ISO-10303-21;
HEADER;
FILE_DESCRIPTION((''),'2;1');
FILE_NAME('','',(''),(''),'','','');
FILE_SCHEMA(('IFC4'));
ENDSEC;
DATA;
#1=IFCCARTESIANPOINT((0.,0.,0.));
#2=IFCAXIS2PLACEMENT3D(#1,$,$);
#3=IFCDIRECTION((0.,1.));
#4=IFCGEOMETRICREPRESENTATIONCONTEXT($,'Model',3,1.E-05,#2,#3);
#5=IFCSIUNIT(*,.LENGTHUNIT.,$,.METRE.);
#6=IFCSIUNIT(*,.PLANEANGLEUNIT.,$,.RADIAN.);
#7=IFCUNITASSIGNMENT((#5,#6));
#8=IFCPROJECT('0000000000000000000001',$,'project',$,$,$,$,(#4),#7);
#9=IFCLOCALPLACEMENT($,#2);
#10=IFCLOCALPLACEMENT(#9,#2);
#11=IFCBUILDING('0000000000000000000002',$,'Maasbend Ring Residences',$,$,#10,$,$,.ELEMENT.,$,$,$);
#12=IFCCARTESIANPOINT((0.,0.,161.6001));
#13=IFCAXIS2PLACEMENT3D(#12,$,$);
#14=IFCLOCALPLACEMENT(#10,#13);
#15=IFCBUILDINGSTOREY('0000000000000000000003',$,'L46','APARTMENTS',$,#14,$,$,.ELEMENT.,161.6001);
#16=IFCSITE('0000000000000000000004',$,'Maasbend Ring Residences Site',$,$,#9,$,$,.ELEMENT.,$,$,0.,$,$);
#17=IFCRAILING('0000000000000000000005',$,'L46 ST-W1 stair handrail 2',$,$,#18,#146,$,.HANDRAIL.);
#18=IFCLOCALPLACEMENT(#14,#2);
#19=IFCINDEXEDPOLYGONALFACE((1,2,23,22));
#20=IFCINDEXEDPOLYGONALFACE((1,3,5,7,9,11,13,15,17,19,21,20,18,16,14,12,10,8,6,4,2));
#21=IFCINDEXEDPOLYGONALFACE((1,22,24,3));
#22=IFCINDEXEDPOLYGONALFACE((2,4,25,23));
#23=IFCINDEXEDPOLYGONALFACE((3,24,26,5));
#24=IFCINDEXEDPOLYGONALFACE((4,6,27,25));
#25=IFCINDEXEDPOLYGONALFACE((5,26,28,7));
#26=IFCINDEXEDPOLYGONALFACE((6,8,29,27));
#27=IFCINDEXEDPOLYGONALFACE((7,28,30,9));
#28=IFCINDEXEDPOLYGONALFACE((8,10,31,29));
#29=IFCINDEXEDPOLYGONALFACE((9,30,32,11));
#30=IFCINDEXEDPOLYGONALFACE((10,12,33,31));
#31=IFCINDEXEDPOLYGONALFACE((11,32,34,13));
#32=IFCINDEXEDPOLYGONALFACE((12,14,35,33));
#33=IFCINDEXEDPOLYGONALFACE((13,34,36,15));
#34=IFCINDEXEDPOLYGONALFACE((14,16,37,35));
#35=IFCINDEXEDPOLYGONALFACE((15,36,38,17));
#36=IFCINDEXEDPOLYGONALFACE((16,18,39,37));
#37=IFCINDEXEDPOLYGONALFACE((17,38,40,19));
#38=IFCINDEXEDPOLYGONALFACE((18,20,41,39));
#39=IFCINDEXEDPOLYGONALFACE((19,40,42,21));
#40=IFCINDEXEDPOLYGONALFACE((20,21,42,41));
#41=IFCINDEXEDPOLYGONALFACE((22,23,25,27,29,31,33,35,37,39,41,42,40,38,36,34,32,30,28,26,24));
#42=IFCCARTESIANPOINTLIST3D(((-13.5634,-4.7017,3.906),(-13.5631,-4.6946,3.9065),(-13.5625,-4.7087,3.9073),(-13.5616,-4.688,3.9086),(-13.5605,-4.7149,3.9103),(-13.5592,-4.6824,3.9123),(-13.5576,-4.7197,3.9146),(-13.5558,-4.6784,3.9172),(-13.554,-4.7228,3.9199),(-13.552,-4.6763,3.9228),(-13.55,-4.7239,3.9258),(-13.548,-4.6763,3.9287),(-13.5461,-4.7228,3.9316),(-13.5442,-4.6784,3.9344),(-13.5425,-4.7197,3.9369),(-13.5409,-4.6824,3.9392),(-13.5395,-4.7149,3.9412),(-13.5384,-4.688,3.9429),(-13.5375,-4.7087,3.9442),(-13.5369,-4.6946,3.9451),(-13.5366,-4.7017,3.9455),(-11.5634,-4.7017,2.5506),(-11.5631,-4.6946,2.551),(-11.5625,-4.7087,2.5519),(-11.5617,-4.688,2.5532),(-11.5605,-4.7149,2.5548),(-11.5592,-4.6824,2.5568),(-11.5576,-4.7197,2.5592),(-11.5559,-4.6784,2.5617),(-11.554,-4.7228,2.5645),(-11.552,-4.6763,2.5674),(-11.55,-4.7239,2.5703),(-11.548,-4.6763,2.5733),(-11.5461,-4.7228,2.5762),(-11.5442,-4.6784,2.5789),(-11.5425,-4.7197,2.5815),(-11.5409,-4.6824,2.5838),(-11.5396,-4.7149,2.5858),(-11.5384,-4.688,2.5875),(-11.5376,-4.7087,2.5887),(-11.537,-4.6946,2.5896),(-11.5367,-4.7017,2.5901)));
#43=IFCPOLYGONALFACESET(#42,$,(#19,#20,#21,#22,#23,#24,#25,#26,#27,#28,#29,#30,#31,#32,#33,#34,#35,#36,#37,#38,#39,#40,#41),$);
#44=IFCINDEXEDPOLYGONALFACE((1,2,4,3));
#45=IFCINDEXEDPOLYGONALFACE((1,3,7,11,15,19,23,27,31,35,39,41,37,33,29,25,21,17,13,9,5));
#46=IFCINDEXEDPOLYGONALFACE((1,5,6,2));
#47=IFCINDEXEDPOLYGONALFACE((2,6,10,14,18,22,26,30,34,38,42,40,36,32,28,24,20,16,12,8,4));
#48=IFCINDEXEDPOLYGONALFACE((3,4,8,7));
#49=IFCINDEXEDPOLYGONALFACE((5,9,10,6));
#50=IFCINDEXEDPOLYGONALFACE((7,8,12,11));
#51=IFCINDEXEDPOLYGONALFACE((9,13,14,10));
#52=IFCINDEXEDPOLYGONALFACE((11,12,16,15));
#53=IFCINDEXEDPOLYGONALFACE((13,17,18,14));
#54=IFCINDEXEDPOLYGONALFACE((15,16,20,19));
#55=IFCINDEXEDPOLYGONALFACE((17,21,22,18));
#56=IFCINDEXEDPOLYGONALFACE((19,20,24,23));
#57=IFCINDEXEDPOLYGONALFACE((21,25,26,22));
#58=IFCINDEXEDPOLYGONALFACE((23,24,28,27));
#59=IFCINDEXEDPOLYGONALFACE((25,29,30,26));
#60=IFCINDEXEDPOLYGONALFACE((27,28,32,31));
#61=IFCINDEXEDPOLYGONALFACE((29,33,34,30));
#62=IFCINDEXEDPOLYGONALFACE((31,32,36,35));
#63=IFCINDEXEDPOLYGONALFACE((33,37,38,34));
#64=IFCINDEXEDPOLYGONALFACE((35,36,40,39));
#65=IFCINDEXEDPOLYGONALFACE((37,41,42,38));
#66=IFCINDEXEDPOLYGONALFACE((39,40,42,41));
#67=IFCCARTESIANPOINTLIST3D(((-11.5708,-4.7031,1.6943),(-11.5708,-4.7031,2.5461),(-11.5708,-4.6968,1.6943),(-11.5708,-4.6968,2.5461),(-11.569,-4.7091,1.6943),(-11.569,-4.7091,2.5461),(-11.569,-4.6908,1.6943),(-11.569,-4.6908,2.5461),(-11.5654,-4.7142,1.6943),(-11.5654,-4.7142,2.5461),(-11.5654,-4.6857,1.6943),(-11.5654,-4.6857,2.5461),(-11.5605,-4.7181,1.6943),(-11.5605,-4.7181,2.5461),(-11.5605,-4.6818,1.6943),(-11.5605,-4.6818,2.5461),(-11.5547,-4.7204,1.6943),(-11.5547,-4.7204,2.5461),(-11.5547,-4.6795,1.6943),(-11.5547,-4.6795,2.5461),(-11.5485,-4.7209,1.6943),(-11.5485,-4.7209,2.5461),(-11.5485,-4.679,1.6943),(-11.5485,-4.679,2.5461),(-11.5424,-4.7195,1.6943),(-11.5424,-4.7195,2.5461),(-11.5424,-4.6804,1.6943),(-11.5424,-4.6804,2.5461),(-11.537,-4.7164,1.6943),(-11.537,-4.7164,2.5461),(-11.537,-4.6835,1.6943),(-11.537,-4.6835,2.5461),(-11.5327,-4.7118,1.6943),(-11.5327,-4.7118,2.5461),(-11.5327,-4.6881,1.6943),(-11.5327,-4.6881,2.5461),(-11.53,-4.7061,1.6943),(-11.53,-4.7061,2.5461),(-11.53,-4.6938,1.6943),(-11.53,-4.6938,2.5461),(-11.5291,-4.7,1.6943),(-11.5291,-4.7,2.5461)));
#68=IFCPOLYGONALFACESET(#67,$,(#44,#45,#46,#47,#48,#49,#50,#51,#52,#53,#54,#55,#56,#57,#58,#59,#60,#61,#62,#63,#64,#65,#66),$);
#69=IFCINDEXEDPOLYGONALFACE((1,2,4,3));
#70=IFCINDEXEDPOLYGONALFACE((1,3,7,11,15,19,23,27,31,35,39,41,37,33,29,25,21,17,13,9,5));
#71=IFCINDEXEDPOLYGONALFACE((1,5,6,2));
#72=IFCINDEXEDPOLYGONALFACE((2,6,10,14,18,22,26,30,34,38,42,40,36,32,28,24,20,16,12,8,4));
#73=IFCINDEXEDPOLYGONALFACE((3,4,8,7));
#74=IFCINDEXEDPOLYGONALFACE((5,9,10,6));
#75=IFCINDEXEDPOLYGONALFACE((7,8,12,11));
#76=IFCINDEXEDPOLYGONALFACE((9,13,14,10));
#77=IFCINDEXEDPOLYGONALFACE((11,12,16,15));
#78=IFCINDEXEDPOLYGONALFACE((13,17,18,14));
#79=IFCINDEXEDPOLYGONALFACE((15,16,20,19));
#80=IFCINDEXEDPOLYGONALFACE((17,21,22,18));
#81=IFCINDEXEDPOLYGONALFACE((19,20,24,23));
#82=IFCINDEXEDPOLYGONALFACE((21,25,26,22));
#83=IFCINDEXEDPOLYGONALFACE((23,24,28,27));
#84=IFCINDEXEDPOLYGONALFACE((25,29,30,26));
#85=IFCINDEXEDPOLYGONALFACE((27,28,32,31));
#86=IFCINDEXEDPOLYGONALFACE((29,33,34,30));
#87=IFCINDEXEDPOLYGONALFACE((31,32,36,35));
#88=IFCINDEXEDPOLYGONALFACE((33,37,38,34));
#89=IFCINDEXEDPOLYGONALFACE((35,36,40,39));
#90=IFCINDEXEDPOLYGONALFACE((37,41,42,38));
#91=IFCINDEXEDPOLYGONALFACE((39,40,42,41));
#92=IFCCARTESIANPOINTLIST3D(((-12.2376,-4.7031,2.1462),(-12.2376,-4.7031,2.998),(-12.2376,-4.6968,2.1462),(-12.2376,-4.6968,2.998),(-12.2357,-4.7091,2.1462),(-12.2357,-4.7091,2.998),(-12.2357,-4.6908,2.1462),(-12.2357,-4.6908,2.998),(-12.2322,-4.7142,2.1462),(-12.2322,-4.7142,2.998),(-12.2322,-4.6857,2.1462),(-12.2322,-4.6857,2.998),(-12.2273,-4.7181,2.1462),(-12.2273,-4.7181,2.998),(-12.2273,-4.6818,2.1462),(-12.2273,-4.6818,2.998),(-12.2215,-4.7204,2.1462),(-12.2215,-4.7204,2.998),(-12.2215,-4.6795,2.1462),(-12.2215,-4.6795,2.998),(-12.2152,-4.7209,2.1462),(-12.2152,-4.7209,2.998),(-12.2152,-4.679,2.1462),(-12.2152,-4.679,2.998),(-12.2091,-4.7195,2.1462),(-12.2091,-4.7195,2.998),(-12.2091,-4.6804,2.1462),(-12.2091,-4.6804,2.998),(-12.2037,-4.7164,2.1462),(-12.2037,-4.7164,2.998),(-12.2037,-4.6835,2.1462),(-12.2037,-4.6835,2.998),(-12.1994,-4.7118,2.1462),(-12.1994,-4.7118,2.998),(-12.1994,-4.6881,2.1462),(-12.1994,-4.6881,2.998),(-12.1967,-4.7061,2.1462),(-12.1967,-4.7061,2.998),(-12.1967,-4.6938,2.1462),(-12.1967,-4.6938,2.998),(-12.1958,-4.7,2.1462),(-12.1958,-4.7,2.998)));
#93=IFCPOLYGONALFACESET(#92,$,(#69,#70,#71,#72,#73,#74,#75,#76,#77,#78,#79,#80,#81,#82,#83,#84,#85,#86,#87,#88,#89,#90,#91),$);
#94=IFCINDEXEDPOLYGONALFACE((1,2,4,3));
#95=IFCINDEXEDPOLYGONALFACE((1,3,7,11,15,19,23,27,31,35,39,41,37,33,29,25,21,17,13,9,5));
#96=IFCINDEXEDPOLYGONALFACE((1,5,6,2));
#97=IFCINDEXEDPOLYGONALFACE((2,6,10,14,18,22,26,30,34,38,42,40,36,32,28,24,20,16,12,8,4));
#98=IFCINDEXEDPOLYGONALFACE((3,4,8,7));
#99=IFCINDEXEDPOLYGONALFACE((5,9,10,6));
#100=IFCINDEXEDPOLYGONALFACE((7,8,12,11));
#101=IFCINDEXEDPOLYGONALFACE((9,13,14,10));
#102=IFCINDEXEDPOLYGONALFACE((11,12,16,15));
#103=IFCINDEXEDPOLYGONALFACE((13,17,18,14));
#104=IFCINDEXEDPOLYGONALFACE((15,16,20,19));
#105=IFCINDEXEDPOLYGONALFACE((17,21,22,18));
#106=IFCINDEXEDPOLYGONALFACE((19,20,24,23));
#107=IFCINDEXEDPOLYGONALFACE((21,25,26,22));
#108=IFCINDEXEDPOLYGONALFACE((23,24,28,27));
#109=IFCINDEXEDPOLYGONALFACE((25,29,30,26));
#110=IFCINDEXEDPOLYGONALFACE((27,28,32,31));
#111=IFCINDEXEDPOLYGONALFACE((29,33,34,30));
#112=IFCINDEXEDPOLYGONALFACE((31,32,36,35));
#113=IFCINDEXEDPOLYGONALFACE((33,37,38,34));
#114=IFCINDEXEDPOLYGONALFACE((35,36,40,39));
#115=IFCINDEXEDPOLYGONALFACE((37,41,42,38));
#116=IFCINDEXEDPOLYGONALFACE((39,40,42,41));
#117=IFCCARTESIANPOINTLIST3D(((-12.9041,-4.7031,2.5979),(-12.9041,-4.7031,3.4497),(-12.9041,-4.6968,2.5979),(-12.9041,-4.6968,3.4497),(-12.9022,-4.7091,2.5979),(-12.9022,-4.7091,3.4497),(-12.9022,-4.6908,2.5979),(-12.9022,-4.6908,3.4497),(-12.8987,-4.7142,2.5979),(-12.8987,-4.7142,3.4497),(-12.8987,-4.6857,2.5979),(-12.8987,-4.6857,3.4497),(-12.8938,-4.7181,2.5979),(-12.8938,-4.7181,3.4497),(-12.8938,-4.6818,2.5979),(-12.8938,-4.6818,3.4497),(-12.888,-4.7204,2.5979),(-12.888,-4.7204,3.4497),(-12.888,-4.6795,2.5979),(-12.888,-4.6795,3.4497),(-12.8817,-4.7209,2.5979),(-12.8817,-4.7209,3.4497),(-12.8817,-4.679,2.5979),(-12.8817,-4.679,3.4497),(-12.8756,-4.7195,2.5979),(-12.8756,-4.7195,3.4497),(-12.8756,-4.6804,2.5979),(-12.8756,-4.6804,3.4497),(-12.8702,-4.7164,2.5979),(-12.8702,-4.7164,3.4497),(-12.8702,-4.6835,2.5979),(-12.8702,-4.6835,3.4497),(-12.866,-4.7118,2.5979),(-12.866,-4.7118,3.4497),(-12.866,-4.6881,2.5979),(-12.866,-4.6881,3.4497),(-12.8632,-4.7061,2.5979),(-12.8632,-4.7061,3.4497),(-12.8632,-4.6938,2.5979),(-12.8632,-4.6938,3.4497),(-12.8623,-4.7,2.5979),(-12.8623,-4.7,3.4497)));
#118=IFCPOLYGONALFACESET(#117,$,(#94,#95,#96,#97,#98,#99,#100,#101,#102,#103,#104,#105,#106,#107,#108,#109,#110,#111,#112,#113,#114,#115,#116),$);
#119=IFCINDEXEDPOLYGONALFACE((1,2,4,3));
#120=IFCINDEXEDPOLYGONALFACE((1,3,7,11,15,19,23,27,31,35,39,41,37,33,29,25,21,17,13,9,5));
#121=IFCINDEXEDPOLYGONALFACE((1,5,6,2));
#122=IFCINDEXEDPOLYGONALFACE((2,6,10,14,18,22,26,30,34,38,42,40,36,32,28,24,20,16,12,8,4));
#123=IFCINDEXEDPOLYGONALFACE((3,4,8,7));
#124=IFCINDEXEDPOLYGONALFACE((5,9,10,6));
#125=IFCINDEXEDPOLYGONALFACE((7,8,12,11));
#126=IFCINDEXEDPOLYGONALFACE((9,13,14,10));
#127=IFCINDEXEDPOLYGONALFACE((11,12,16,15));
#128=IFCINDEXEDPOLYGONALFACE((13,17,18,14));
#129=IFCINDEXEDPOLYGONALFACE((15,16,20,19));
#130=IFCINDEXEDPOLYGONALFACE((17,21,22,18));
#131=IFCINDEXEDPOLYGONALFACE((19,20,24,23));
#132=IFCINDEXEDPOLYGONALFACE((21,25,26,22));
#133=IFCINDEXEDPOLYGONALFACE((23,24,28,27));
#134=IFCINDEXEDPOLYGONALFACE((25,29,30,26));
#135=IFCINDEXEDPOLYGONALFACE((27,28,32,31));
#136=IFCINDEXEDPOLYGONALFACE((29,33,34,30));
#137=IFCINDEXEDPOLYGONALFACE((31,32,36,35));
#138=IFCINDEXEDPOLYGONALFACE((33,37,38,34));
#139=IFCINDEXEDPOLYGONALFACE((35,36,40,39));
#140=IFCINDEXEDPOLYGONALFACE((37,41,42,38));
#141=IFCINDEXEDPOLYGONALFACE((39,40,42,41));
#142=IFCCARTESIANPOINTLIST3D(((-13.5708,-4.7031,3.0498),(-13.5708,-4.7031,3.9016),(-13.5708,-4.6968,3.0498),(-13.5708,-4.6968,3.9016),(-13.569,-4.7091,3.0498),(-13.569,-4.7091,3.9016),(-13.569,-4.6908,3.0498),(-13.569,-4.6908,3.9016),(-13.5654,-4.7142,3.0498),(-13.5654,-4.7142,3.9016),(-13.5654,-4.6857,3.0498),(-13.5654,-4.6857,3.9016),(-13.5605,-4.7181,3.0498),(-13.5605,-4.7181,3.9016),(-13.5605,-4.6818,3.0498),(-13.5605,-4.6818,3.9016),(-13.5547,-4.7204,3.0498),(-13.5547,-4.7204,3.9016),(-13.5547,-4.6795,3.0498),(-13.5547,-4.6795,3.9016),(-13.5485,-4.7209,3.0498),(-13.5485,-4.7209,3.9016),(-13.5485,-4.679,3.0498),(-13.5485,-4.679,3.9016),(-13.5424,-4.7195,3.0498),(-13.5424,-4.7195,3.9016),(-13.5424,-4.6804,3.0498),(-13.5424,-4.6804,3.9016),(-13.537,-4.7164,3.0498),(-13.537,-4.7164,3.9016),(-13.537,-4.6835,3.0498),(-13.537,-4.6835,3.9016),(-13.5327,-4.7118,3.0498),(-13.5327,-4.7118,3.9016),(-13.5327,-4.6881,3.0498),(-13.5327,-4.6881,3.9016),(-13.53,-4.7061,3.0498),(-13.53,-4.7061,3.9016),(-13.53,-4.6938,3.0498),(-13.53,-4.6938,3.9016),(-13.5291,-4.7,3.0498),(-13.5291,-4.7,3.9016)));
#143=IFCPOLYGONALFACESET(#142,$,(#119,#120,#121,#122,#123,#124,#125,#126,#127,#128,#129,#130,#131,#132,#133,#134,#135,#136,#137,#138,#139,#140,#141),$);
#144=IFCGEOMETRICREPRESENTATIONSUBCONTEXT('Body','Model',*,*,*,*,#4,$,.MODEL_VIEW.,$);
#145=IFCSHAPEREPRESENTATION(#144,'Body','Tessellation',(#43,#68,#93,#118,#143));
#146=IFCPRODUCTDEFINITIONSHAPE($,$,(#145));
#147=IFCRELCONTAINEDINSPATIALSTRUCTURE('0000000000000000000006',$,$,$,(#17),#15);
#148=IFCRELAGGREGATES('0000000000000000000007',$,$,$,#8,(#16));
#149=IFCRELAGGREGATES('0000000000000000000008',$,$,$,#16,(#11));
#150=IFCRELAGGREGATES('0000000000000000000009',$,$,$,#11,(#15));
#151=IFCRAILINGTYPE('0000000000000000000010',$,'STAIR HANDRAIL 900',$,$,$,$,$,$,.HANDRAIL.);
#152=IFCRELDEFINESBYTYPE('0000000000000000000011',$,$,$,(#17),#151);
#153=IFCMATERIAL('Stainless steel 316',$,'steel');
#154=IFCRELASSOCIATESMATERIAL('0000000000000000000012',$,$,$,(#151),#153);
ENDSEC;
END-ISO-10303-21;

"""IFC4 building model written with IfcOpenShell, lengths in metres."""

from ifc_helpers import new_model, si_unit, direction, frame, origin, origin_2d, place, context, subcontext, project, spatial, circle, extrude, material, type_object, element, save


model = new_model("IFC4")

# Units and contexts
model_context = context("Model", 3, precision=1e-05, world=origin(), true_north=direction((0.0, 1.0)))
body_context = subcontext(model_context, "Body", "Model", "MODEL_VIEW")
ifc_project = project(units=[si_unit("LENGTHUNIT", "METRE"), si_unit("PLANEANGLEUNIT", "RADIAN")], contexts=[model_context])

# Site, building, storey
site_placement = place(None, origin())
site = spatial("IfcSite", under=ifc_project, at=site_placement, Name="Maasbend Ring Residences Site", CompositionType="ELEMENT", RefElevation=0.0)
building_placement = place(site_placement, origin())
building = spatial("IfcBuilding", under=site, at=building_placement, Name="Maasbend Ring Residences", CompositionType="ELEMENT")
storey_placement = place(building_placement, frame((0.0, 0.0, 161.6001)))
storey = spatial("IfcBuildingStorey", under=building, at=storey_placement, Name="L46", Description="APARTMENTS", CompositionType="ELEMENT", Elevation=161.6001)

# Railing
ifc_material_1 = material(Name="Stainless steel 316", Category="steel")
railing_type_1 = type_object("IfcRailingType", Name="STAIR HANDRAIL 900", PredefinedType="HANDRAIL", material=ifc_material_1)
railing_1_placement = place(storey_placement, frame((-11.55, -4.7, 1.6943)))
element("IfcRailing", 1, at=railing_1_placement, inside=storey, type_object=railing_type_1, Name="L46 ST-W1 stair handrail 2", PredefinedType="HANDRAIL", context=body_context, shape_type="SweptSolid", body=[
    extrude(circle(Radius=0.0239, at=origin_2d()), frame((0.0, 0.0, 0.876), z_axis=(-0.827798, 0.0, 0.561027), x_axis=(0.0, -1.0, 0.0)), (0.0, 0.0, 1.0), 2.416),
    extrude(circle(Radius=0.021, at=origin_2d()), origin(), (0.0, 0.0, 1.0), 0.8518),
    extrude(circle(Radius=0.021, at=origin_2d()), frame((-0.6667, 0.0, 0.4519)), (0.0, 0.0, 1.0), 0.8518),
    extrude(circle(Radius=0.021, at=origin_2d()), frame((-1.3333, 0.0, 0.9036)), (0.0, 0.0, 1.0), 0.8518),
    extrude(circle(Radius=0.021, at=origin_2d()), frame((-2.0, 0.0, 1.3555)), (0.0, 0.0, 1.0), 0.8518),
])

save(model, "model.ifc")
